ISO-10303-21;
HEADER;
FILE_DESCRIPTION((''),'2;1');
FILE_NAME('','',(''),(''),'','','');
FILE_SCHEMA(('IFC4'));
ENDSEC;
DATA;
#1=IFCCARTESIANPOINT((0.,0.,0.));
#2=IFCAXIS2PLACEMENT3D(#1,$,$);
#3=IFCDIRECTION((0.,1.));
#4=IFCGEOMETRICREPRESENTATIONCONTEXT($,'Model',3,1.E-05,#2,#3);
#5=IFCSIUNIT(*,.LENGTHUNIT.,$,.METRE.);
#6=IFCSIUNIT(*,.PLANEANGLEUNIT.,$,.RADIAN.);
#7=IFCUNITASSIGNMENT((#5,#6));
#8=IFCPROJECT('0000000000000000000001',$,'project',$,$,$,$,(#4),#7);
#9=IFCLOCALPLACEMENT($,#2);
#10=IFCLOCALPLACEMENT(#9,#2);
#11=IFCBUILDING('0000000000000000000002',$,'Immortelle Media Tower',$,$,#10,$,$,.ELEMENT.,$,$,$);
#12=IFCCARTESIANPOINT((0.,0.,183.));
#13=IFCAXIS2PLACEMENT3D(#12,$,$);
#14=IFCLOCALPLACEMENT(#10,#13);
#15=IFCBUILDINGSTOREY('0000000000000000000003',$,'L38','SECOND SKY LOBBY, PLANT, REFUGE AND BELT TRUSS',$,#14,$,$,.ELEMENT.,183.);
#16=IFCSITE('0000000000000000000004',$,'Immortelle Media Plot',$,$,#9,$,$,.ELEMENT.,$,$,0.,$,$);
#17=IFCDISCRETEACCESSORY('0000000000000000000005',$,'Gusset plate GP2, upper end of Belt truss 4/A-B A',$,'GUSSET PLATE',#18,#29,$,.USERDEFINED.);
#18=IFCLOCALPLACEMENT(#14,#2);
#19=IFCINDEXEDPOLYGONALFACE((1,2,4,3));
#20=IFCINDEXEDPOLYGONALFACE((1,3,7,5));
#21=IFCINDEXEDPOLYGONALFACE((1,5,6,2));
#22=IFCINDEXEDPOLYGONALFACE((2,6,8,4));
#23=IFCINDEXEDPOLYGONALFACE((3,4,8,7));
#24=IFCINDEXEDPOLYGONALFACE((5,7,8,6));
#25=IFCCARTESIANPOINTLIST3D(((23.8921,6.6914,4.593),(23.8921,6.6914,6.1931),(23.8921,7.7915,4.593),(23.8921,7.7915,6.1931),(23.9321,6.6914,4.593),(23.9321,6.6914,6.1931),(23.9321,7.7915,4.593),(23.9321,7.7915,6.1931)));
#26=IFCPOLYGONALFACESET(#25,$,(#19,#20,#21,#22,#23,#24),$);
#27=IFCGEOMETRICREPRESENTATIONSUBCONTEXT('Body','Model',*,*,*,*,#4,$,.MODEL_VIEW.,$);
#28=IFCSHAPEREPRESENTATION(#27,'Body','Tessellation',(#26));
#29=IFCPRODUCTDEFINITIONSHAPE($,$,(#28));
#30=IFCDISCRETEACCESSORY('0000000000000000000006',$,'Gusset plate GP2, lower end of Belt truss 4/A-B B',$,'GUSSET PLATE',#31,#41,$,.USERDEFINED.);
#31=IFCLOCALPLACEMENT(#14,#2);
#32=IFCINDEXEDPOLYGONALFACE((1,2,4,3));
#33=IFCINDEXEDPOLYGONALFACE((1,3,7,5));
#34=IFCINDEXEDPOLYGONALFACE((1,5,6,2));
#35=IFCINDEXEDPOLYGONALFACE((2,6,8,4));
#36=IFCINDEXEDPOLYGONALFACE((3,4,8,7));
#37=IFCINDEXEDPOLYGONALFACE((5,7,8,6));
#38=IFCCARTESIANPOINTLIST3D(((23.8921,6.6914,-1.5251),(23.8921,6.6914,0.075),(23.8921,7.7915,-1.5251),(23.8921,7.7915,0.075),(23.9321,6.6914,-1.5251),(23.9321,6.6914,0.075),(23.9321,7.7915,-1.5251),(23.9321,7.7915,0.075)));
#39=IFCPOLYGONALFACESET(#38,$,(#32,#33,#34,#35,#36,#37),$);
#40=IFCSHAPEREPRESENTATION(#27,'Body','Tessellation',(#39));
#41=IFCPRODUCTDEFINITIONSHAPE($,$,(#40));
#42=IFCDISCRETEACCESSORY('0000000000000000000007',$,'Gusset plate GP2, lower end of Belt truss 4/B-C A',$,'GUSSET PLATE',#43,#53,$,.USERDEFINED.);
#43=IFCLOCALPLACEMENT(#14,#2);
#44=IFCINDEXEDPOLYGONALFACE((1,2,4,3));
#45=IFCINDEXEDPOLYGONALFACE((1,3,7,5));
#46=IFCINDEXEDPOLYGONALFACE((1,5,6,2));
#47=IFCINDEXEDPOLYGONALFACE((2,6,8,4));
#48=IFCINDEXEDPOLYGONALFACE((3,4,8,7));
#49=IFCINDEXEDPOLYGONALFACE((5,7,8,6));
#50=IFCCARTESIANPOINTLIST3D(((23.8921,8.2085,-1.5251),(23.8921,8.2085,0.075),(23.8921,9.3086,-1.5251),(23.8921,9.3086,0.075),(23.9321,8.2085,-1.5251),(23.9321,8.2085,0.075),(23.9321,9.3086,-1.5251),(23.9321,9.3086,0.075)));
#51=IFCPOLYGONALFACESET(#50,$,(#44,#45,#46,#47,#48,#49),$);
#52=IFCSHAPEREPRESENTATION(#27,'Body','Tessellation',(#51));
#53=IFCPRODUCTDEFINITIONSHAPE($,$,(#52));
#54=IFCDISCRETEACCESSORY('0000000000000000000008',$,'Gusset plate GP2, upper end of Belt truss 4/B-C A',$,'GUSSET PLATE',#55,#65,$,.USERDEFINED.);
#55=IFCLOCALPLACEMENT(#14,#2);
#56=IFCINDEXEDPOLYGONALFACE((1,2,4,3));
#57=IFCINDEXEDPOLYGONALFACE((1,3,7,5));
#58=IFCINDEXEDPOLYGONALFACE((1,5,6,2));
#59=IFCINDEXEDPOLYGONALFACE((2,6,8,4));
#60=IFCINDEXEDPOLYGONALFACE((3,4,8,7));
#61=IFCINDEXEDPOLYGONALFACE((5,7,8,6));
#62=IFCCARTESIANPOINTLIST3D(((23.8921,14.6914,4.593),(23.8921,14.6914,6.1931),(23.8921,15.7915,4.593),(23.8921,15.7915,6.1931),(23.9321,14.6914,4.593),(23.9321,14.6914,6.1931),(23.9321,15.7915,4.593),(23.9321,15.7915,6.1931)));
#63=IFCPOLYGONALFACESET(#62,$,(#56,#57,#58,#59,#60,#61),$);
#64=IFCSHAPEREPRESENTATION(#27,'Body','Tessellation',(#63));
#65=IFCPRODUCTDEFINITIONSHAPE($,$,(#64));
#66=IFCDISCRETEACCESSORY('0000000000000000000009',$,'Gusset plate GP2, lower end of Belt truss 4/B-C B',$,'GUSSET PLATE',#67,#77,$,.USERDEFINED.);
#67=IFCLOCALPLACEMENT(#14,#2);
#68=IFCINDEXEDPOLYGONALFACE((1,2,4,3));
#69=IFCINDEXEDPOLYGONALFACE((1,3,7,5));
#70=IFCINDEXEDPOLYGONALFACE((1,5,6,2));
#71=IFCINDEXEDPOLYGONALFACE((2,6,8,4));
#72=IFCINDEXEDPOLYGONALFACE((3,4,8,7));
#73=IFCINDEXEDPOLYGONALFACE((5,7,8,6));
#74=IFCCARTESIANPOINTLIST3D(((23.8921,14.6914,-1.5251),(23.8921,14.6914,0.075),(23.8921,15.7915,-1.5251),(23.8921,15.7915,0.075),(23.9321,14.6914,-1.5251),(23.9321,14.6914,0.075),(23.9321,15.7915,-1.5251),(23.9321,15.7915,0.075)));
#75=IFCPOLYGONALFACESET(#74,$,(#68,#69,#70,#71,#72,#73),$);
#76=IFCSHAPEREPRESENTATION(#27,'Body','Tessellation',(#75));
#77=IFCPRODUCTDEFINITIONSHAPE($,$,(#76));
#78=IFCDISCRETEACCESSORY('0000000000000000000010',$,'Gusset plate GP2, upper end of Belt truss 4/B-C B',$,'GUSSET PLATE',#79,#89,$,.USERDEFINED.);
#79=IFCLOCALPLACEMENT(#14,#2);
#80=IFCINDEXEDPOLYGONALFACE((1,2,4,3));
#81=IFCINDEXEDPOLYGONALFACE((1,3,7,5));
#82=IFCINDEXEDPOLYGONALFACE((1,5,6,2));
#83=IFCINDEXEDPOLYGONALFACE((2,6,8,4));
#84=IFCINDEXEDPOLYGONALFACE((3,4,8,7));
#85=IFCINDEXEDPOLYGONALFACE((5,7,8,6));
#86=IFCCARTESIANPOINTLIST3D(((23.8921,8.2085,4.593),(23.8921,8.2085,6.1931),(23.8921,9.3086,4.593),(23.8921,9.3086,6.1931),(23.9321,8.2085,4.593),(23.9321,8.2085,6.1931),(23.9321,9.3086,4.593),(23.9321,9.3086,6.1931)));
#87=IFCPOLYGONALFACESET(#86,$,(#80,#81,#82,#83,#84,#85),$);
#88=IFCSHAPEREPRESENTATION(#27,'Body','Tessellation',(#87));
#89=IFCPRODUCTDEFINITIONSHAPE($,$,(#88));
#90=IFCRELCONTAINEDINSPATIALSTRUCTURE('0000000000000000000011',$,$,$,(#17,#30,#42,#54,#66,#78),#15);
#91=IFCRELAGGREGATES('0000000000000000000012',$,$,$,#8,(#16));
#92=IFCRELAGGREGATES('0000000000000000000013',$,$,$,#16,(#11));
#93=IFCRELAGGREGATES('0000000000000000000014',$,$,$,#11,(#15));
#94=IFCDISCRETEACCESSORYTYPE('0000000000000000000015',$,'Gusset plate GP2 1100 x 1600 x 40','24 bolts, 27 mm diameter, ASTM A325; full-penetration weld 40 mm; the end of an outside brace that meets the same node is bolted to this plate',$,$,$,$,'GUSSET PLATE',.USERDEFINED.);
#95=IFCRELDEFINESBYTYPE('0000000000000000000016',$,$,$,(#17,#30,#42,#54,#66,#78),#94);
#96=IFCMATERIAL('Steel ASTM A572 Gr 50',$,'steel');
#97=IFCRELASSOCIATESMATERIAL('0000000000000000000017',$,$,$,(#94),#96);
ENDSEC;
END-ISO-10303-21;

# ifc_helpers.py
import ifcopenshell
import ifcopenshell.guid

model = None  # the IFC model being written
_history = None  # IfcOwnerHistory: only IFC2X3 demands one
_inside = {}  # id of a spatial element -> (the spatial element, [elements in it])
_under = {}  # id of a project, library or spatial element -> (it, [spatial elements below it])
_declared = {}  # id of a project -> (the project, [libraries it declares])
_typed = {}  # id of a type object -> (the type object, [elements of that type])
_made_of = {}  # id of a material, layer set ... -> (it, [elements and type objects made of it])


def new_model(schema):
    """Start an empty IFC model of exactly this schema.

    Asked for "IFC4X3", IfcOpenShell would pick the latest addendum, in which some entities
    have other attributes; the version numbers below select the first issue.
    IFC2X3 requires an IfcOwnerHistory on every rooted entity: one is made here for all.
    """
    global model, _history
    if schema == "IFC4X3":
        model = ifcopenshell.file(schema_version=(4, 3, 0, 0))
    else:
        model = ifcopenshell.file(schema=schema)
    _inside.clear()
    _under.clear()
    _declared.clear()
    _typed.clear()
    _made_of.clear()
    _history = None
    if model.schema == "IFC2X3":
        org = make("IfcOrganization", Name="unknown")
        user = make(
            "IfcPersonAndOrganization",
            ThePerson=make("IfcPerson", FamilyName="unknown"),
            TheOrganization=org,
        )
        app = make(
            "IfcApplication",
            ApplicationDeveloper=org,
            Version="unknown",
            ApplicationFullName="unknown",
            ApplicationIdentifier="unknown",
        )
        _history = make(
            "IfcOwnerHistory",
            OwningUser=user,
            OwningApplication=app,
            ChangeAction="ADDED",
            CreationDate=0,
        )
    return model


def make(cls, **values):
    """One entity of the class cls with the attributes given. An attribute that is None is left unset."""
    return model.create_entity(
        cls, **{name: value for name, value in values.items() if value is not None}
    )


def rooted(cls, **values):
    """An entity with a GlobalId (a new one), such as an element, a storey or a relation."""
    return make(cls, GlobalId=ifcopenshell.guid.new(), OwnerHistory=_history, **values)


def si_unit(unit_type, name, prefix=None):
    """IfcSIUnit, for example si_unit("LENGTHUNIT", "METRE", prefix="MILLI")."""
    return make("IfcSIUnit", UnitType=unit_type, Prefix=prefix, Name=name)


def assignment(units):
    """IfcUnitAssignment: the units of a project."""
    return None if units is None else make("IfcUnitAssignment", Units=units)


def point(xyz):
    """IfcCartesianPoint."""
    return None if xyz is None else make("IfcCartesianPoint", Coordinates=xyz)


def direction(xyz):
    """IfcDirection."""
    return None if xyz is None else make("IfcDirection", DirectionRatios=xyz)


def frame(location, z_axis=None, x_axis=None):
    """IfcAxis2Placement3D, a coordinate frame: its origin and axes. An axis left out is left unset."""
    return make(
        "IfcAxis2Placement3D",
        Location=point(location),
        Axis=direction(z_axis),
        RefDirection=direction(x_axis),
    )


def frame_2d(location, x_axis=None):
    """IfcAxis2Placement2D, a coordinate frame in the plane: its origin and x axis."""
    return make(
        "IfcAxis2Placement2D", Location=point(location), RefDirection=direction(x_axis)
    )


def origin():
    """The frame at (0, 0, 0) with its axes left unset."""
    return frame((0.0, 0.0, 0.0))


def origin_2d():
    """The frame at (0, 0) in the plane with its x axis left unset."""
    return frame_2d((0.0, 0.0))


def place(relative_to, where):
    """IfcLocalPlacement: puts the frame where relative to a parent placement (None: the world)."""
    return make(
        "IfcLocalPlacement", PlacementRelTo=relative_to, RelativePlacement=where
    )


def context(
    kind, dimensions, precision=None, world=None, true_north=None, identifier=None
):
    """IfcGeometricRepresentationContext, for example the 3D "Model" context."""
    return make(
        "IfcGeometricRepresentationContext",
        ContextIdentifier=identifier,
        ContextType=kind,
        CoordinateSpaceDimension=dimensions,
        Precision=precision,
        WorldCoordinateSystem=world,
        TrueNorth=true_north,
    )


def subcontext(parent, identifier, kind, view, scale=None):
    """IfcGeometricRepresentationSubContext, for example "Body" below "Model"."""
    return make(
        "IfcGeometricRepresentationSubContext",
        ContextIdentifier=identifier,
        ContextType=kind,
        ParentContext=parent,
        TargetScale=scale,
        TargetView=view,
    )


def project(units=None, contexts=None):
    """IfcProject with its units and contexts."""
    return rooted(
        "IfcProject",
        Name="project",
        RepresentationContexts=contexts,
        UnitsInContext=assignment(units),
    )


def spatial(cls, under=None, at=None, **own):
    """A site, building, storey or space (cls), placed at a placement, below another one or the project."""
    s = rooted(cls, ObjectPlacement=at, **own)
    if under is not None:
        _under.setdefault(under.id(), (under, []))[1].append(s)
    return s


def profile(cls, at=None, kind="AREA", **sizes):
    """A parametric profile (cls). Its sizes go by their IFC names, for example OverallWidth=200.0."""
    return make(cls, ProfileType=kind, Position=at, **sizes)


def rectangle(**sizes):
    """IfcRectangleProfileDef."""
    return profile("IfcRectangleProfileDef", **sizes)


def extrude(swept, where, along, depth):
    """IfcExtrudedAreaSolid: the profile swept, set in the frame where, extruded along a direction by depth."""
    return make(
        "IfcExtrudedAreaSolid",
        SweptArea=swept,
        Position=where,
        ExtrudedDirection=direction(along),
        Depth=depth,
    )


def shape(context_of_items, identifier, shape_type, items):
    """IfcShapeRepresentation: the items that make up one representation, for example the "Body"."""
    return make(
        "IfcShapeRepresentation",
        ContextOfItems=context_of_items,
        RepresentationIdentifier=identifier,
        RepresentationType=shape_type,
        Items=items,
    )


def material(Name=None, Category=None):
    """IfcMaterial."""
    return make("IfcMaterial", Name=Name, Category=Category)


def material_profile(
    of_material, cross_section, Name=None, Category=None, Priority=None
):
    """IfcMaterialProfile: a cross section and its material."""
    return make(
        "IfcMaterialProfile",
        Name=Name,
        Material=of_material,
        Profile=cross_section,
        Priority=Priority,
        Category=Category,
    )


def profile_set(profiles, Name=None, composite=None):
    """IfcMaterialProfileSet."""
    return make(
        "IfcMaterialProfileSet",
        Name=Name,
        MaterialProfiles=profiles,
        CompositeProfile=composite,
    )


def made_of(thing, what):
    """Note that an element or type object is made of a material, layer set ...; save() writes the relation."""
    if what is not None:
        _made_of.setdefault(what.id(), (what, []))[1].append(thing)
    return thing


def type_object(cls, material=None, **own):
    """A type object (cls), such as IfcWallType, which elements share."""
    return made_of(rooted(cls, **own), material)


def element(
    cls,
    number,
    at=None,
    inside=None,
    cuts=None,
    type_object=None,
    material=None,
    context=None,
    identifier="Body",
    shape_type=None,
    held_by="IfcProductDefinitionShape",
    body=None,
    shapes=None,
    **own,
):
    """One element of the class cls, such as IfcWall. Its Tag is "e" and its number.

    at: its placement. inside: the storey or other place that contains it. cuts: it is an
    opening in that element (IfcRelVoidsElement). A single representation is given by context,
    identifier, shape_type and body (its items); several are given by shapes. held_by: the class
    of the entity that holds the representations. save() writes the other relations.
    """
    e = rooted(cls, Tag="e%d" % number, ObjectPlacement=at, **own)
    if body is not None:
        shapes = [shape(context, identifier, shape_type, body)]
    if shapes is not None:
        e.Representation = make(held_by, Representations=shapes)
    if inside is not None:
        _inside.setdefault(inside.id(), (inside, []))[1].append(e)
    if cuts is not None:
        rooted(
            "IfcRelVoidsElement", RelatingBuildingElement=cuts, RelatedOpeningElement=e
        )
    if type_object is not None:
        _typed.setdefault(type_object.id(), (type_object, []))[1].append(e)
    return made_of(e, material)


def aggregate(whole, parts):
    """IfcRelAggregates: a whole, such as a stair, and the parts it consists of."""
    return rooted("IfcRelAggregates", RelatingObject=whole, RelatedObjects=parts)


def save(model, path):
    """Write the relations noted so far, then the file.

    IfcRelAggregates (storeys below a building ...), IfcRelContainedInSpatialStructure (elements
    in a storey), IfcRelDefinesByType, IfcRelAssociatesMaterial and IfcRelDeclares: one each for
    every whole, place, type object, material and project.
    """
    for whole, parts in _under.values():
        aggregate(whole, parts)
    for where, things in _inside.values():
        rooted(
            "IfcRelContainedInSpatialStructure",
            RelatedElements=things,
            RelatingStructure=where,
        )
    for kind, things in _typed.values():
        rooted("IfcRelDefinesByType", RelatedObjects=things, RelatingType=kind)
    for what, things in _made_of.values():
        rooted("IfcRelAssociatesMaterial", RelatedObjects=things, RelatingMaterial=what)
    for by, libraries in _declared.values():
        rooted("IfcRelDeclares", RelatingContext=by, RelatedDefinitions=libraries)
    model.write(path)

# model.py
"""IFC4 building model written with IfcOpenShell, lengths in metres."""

from ifc_helpers import new_model, si_unit, direction, frame, origin, origin_2d, place, context, subcontext, project, spatial, rectangle, extrude, material, material_profile, profile_set, type_object, element, save


model = new_model("IFC4")

# Units and contexts
model_context = context("Model", 3, precision=1e-05, world=origin(), true_north=direction((0.0, 1.0)))
body_context = subcontext(model_context, "Body", "Model", "MODEL_VIEW")
ifc_project = project(units=[si_unit("LENGTHUNIT", "METRE"), si_unit("PLANEANGLEUNIT", "RADIAN")], contexts=[model_context])

# Site, building, storey
site_placement = place(None, origin())
site = spatial("IfcSite", under=ifc_project, at=site_placement, Name="Immortelle Media Plot", CompositionType="ELEMENT", RefElevation=0.0)
building_placement = place(site_placement, origin())
building = spatial("IfcBuilding", under=site, at=building_placement, Name="Immortelle Media Tower", CompositionType="ELEMENT")
storey_placement = place(building_placement, frame((0.0, 0.0, 183.0)))
storey = spatial("IfcBuildingStorey", under=building, at=storey_placement, Name="L38", Description="SECOND SKY LOBBY, PLANT, REFUGE AND BELT TRUSS", CompositionType="ELEMENT", Elevation=183.0)

# Discrete accessories
ifc_material_1 = material(Name="Steel ASTM A572 Gr 50", Category="steel")
ifc_material_profile_1 = material_profile(ifc_material_1, rectangle(XDim=0.04, YDim=1.6001, at=origin_2d()), Name="PL 40 x 1600")
ifc_profile_set_1 = profile_set([ifc_material_profile_1], Name="Steel ASTM A572 Gr 50")
discrete_accessory_type_1 = type_object("IfcDiscreteAccessoryType", Name="Gusset plate GP2 1100 x 1600 x 40", Description="24 bolts, 27 mm diameter, ASTM A325; full-penetration weld 40 mm; the end of an outside brace that meets the same node is bolted to this plate", ElementType="GUSSET PLATE", PredefinedType="USERDEFINED", material=ifc_profile_set_1)
for number, where, z_axis, x_axis, name in (
    (1, (23.9121, 7.7915, 5.3931), (0.0, -1.0, 0.0), (1.0, 0.0, 0.0), "Gusset plate GP2, upper end of Belt truss 4/A-B A"),
    (2, (23.9121, 7.7915, -0.7251), (0.0, -1.0, 0.0), (1.0, 0.0, 0.0), "Gusset plate GP2, lower end of Belt truss 4/A-B B"),
    (3, (23.9121, 8.2085, -0.7251), (0.0, 1.0, 0.0), (-1.0, 0.0, 0.0), "Gusset plate GP2, lower end of Belt truss 4/B-C A"),
    (4, (23.9121, 15.7915, 5.3931), (0.0, -1.0, 0.0), (1.0, 0.0, 0.0), "Gusset plate GP2, upper end of Belt truss 4/B-C A"),
    (5, (23.9121, 15.7915, -0.7251), (0.0, -1.0, 0.0), (1.0, 0.0, 0.0), "Gusset plate GP2, lower end of Belt truss 4/B-C B"),
    (6, (23.9121, 8.2085, 5.3931), (0.0, 1.0, 0.0), (-1.0, 0.0, 0.0), "Gusset plate GP2, upper end of Belt truss 4/B-C B"),
):
    element("IfcDiscreteAccessory", number, at=place(storey_placement, frame(where, z_axis=z_axis, x_axis=x_axis)), inside=storey, type_object=discrete_accessory_type_1, Name=name, ObjectType="GUSSET PLATE", PredefinedType="USERDEFINED", context=body_context, shape_type="SweptSolid", body=[
        extrude(rectangle(XDim=0.04, YDim=1.6001, at=origin_2d()), origin(), (0.0, 0.0, 1.0), 1.1001),
    ])

save(model, "model.ifc")
